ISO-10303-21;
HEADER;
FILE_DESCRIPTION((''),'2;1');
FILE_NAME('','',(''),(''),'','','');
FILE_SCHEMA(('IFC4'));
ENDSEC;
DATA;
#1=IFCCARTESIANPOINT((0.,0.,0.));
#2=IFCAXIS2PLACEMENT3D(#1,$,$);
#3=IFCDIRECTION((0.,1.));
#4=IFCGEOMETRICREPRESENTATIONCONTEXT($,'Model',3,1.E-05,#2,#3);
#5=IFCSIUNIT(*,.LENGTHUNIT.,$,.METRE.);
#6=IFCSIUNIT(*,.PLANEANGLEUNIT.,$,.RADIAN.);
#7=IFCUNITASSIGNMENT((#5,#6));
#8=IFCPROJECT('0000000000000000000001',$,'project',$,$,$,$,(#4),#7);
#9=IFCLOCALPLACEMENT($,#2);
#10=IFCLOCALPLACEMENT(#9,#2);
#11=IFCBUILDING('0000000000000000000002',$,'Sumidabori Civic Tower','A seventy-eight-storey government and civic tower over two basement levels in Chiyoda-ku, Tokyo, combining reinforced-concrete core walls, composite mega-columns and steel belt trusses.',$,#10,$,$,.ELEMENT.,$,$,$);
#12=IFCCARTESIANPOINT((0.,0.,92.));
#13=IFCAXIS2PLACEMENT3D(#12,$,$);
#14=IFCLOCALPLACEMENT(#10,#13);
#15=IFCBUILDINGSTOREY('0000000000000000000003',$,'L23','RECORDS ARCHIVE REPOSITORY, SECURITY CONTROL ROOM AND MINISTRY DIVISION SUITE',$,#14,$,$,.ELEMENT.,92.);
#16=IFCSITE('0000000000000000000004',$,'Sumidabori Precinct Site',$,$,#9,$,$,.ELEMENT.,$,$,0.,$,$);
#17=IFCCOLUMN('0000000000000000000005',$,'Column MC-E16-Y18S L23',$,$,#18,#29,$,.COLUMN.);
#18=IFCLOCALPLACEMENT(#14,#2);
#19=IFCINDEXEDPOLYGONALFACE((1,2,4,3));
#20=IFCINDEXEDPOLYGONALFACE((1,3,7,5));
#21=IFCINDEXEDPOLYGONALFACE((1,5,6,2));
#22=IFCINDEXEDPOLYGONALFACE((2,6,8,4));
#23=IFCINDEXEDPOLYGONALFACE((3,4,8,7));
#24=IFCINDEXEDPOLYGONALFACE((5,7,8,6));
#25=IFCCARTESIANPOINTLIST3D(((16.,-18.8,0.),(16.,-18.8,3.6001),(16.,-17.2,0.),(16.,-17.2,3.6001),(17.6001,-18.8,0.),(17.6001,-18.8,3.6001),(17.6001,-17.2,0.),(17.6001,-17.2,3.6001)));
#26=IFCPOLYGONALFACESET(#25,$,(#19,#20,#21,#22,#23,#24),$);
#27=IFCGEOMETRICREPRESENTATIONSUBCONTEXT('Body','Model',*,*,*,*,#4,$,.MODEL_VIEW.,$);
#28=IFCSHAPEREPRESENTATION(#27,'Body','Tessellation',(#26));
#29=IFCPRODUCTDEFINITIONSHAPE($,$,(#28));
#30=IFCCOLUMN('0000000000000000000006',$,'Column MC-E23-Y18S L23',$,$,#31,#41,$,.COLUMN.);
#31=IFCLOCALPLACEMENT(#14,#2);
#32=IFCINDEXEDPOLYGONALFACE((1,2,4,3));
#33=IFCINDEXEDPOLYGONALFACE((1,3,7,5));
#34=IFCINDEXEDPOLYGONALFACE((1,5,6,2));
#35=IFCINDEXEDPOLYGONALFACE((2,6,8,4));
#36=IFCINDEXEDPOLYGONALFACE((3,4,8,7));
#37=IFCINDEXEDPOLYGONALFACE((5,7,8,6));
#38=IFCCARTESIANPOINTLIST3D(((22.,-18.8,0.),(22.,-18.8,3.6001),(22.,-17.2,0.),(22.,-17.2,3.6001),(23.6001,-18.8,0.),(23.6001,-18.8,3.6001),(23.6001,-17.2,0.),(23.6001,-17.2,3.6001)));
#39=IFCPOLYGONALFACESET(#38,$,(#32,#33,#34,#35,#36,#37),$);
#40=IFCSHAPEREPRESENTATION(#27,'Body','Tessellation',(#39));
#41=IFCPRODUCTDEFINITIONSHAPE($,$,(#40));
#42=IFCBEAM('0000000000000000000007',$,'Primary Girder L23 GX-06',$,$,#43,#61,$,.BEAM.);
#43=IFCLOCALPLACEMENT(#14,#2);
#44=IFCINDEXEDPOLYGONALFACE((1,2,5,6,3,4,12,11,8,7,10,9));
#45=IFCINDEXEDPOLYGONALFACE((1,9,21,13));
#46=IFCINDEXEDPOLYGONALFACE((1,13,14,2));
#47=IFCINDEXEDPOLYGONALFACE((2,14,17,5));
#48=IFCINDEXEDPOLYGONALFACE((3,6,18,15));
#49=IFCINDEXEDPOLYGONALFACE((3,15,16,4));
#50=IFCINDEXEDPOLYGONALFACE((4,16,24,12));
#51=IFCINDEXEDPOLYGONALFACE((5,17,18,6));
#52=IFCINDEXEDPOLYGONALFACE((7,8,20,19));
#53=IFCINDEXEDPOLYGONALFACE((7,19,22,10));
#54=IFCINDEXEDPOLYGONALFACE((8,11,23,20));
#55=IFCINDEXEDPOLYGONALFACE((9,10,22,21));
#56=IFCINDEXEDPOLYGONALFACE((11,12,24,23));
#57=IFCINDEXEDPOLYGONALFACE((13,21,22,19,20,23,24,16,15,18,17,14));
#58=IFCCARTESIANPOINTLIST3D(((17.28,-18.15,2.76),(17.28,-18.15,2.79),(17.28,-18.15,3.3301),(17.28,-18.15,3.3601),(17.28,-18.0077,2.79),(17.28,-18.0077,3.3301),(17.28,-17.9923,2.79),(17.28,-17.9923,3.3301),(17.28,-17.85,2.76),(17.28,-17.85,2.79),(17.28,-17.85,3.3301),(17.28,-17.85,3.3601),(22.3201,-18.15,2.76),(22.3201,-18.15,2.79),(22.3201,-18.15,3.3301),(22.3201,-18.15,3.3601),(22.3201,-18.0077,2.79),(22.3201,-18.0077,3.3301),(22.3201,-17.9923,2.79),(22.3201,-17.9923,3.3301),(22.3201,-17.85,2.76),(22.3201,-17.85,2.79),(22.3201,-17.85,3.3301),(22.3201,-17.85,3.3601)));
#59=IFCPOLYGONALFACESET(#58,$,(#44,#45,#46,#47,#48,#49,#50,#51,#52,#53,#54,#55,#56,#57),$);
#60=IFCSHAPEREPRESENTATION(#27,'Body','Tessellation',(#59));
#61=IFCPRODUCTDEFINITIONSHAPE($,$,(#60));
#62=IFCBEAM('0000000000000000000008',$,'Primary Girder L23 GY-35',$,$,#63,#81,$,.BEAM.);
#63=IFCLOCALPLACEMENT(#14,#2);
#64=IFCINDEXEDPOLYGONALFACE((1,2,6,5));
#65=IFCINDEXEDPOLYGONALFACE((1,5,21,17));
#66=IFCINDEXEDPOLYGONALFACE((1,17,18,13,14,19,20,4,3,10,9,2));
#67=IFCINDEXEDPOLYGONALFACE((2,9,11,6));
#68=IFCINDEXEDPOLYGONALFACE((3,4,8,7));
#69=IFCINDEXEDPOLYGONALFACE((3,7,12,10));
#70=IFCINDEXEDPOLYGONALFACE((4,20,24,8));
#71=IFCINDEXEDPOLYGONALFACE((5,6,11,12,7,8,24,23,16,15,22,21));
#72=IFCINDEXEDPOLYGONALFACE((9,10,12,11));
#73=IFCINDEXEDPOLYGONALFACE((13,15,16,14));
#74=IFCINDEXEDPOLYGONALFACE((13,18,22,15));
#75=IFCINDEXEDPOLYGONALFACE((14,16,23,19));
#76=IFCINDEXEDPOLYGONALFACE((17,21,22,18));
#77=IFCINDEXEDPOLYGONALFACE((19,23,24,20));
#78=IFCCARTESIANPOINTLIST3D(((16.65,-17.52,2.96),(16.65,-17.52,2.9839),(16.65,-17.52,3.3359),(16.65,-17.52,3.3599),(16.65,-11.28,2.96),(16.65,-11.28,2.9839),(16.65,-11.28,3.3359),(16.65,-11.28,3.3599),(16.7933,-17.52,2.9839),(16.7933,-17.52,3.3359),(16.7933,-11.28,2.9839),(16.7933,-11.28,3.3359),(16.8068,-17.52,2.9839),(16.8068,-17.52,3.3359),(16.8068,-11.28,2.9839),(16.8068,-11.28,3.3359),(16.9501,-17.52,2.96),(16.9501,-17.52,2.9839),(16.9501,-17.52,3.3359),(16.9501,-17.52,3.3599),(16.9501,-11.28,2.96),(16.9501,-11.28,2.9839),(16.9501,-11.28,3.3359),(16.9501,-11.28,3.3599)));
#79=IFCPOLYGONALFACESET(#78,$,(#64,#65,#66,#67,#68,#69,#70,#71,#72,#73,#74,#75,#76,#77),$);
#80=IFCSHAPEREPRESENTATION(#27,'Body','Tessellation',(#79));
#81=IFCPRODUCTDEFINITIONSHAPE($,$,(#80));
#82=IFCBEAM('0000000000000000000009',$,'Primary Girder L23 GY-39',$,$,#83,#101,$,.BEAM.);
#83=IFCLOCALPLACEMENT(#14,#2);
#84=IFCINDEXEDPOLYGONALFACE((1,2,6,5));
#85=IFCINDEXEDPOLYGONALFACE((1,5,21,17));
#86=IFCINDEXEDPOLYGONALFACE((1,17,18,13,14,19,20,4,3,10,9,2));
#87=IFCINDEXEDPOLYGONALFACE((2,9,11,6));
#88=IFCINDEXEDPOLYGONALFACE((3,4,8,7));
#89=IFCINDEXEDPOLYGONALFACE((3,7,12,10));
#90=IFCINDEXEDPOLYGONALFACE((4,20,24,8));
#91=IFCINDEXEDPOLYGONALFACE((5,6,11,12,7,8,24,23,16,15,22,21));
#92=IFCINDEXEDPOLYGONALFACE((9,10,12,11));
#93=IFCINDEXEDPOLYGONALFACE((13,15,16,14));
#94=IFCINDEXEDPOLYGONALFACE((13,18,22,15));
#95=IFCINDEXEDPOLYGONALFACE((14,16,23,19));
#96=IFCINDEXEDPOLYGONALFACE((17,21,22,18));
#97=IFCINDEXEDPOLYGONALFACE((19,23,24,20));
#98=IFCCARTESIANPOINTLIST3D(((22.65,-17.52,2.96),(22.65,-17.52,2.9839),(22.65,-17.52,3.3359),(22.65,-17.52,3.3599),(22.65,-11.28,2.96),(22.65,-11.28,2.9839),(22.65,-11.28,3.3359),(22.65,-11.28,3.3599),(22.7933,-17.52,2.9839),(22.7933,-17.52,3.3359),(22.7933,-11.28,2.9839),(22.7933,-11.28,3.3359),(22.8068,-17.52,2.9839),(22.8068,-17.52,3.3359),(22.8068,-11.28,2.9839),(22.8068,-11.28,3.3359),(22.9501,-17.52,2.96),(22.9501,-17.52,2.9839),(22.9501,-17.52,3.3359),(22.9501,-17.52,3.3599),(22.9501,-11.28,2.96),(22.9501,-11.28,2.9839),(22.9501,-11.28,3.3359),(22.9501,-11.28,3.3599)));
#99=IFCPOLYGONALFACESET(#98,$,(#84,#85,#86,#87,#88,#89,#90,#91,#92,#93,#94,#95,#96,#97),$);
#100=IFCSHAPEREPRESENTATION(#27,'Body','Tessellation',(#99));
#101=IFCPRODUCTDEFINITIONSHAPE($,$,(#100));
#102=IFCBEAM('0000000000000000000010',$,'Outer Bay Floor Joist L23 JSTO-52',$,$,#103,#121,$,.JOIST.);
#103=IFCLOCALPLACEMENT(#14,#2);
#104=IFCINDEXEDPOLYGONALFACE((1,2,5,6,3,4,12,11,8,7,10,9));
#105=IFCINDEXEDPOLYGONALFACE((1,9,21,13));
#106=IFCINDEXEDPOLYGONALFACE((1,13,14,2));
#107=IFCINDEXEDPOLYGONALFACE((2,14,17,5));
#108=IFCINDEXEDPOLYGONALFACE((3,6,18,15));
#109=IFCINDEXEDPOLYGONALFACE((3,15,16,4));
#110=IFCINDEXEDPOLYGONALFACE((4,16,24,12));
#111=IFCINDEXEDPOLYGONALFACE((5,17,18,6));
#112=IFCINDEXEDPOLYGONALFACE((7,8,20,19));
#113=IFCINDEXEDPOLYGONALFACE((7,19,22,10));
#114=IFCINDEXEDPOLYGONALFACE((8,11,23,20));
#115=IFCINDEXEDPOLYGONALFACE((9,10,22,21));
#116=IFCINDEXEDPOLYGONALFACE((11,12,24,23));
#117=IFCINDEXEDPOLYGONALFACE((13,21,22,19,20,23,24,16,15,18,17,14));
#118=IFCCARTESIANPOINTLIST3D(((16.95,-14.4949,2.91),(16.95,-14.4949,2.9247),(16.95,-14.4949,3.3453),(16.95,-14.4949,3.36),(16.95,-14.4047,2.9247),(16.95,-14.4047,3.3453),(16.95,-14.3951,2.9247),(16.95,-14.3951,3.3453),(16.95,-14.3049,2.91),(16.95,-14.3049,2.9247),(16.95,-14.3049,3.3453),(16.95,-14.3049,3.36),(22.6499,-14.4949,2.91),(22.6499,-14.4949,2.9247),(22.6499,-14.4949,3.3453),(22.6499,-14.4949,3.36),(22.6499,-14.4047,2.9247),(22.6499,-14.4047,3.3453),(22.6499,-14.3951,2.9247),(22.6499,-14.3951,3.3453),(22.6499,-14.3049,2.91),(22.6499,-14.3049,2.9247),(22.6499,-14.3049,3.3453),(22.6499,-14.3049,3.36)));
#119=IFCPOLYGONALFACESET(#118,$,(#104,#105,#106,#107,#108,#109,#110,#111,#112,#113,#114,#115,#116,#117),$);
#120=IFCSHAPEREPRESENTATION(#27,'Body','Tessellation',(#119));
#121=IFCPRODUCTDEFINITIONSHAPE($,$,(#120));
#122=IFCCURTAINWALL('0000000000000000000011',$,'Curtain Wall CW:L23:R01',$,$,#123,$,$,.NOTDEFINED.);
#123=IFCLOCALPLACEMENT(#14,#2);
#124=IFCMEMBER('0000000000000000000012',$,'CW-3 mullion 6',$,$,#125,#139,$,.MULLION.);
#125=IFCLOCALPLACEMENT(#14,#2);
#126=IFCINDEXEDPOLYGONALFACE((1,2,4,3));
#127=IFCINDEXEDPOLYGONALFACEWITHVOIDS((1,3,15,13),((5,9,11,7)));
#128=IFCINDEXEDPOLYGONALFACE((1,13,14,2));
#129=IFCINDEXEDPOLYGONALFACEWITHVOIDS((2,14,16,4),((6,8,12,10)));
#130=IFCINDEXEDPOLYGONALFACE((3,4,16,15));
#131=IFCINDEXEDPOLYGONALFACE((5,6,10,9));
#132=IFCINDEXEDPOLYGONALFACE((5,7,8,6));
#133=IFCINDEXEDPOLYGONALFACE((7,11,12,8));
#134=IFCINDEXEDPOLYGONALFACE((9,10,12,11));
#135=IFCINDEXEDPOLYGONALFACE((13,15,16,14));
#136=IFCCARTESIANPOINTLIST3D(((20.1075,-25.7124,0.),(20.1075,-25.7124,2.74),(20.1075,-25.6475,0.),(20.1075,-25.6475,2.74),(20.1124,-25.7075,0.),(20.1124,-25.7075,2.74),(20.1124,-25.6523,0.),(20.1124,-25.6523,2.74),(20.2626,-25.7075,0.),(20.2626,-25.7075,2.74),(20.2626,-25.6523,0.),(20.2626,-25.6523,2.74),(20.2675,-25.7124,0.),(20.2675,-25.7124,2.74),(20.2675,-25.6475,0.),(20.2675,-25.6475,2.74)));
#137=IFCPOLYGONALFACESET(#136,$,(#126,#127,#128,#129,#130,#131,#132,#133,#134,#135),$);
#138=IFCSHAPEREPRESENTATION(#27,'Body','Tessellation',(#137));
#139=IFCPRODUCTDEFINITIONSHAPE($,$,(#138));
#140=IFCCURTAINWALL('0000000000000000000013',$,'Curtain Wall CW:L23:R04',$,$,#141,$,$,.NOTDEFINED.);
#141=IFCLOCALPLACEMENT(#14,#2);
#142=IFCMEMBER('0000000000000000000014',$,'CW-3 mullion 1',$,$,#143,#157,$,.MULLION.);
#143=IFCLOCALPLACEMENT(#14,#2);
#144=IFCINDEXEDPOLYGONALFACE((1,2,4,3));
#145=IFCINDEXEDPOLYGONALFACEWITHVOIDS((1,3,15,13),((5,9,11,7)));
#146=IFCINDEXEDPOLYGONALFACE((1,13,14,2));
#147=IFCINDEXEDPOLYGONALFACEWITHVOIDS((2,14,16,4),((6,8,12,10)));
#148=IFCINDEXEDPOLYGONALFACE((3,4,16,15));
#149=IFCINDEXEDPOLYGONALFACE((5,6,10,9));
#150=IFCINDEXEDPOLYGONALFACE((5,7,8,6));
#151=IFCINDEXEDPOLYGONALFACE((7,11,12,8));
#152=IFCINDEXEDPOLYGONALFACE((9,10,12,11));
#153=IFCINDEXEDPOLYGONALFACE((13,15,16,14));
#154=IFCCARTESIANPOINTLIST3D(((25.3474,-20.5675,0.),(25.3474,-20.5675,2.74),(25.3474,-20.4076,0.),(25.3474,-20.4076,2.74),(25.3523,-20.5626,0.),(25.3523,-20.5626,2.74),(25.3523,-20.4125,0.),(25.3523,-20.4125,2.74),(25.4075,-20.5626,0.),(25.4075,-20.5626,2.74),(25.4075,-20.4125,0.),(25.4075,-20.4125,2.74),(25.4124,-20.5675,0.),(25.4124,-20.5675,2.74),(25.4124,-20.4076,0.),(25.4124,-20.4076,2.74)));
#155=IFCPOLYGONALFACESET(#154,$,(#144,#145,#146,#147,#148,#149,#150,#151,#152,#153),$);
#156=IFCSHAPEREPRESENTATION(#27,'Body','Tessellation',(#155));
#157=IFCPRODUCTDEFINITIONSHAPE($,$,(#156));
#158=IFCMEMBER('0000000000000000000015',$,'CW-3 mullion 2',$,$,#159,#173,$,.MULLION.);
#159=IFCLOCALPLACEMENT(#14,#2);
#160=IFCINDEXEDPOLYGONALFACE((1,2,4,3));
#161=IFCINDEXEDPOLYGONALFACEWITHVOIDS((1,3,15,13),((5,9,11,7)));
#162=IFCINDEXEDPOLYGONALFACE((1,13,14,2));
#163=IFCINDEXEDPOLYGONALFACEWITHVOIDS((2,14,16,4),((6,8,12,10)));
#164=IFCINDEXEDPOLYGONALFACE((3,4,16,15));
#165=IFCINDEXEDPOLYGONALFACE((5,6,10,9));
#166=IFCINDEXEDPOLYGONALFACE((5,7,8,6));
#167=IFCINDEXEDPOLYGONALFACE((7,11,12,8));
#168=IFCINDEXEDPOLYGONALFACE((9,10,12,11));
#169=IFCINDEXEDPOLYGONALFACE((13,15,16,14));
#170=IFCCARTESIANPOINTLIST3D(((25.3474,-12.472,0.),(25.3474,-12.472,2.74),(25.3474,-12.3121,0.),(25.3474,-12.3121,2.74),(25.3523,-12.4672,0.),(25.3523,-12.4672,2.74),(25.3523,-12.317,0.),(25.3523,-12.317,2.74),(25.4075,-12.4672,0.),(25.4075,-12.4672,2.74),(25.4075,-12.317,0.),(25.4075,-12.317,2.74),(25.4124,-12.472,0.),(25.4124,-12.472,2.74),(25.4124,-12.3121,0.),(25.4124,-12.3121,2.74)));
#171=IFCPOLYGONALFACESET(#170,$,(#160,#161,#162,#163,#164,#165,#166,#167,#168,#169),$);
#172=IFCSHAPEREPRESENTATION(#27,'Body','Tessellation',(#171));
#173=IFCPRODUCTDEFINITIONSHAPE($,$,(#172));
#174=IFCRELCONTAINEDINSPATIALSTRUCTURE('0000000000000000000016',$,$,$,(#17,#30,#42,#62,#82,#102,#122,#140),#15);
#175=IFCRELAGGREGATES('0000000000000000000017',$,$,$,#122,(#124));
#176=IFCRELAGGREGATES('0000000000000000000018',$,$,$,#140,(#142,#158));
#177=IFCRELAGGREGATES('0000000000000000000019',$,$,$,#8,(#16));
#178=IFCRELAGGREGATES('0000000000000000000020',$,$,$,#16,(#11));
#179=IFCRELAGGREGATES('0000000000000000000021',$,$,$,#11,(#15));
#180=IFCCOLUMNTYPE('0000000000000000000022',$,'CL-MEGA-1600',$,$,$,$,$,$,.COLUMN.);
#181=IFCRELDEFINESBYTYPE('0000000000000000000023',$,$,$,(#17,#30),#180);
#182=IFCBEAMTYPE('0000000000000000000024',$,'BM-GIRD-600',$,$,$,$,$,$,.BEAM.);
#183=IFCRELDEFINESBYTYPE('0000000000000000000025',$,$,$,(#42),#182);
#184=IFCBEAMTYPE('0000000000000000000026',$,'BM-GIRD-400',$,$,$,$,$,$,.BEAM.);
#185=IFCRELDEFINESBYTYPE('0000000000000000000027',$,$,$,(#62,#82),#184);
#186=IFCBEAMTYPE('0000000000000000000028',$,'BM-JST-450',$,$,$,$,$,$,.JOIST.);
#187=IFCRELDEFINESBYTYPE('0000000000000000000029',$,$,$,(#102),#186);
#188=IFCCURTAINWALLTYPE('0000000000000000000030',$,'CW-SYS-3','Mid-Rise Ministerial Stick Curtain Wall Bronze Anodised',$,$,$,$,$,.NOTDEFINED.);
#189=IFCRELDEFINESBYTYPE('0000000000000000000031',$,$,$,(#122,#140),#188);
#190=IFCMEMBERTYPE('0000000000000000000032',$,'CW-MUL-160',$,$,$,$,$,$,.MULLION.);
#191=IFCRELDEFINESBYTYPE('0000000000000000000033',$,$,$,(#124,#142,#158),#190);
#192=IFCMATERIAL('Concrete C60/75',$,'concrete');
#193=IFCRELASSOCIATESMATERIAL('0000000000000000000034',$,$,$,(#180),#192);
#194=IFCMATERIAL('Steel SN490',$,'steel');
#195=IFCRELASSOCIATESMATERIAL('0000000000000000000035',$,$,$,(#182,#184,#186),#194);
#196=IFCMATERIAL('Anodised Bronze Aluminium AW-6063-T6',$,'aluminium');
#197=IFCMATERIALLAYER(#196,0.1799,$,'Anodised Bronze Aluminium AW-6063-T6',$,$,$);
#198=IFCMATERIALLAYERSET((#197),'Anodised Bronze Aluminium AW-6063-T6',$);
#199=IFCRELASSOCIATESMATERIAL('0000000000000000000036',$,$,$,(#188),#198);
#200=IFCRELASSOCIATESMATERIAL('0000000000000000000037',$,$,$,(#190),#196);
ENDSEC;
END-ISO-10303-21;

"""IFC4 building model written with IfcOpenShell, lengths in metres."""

from ifc_helpers import new_model, si_unit, direction, frame, origin, origin_2d, place, context, subcontext, project, spatial, rectangle, hollow_rectangle, i_section, extrude, source, transform, mapped, material, layer, layer_set, material_profile, profile_set, type_object, element, aggregate, save


model = new_model("IFC4")

# Units and contexts
model_context = context("Model", 3, precision=1e-05, world=origin(), true_north=direction((0.0, 1.0)))
body_context = subcontext(model_context, "Body", "Model", "MODEL_VIEW")
ifc_project = project(units=[si_unit("LENGTHUNIT", "METRE"), si_unit("PLANEANGLEUNIT", "RADIAN")], contexts=[model_context])

# Site, building, storey
site_placement = place(None, origin())
site = spatial("IfcSite", under=ifc_project, at=site_placement, Name="Sumidabori Precinct Site", CompositionType="ELEMENT", RefElevation=0.0)
building_placement = place(site_placement, origin())
building = spatial("IfcBuilding", under=site, at=building_placement, Name="Sumidabori Civic Tower", Description="A seventy-eight-storey government and civic tower over two basement levels in Chiyoda-ku, Tokyo, combining reinforced-concrete core walls, composite mega-columns and steel belt trusses.", CompositionType="ELEMENT")
storey_placement = place(building_placement, frame((0.0, 0.0, 92.0)))
storey = spatial("IfcBuildingStorey", under=building, at=storey_placement, Name="L23", Description="RECORDS ARCHIVE REPOSITORY, SECURITY CONTROL ROOM AND MINISTRY DIVISION SUITE", CompositionType="ELEMENT", Elevation=92.0)

# Columns
ifc_material_1 = material(Name="Concrete C60/75", Category="concrete")
ifc_material_profile_1 = material_profile(ifc_material_1, rectangle(XDim=1.6001, YDim=1.6001, at=origin_2d()), Name="RC 1600x1600")
ifc_profile_set_1 = profile_set([ifc_material_profile_1], Name="Concrete C60/75")
column_type = type_object("IfcColumnType", Name="CL-MEGA-1600", PredefinedType="COLUMN", material=ifc_profile_set_1)
shared_shape_1 = source(origin(), body_context, "Body", "SweptSolid", [
    extrude(rectangle(XDim=1.6001, YDim=1.6001, at=origin_2d()), origin(), (0.0, 0.0, 1.0), 3.6001),
])
for number, where, z_axis, x_axis, name in (
    (1, (16.8, -18.0, 0.0), (0.0, 0.0, 1.0), (1.0, 0.0, 0.0), "Column MC-E16-Y18S L23"),
    (2, (22.8, -18.0, 0.0), (0.0, 0.0, 1.0), (1.0, 0.0, 0.0), "Column MC-E23-Y18S L23"),
):
    element("IfcColumn", number, at=place(storey_placement, frame(where, z_axis=z_axis, x_axis=x_axis)), inside=storey, type_object=column_type, Name=name, PredefinedType="COLUMN", context=body_context, shape_type="MappedRepresentation", body=[
        mapped(shared_shape_1, transform((0.0, 0.0, 0.0), x_axis=(1.0, 0.0, 0.0), y_axis=(0.0, 1.0, 0.0), z_axis=(0.0, 0.0, 1.0), scale=1.0)),
    ])

# Beams
ifc_material_2 = material(Name="Steel SN490", Category="steel")
ifc_material_profile_2 = material_profile(ifc_material_2, i_section(OverallWidth=0.3, OverallDepth=0.6001, WebThickness=0.0154, FlangeThickness=0.03, at=origin_2d()), Name="HE 600 B")
ifc_profile_set_2 = profile_set([ifc_material_profile_2], Name="Steel SN490")
beam_type_1 = type_object("IfcBeamType", Name="BM-GIRD-600", PredefinedType="BEAM", material=ifc_profile_set_2)
shared_shape_2 = source(origin(), body_context, "Body", "SweptSolid", [
    extrude(i_section(OverallWidth=0.3, OverallDepth=0.6001, WebThickness=0.0154, FlangeThickness=0.03, at=origin_2d()), origin(), (0.0, 0.0, 1.0), 5.04),
])
beam_1_placement = place(storey_placement, frame((17.28, -18.0, 3.0601), z_axis=(1.0, 0.0, 0.0), x_axis=(0.0, 1.0, 0.0)))
element("IfcBeam", 3, at=beam_1_placement, inside=storey, type_object=beam_type_1, Name="Primary Girder L23 GX-06", PredefinedType="BEAM", context=body_context, shape_type="MappedRepresentation", body=[
    mapped(shared_shape_2, transform((0.0, 0.0, 0.0), x_axis=(1.0, 0.0, 0.0), y_axis=(0.0, 1.0, 0.0), z_axis=(0.0, 0.0, 1.0), scale=1.0)),
])
ifc_material_profile_3 = material_profile(ifc_material_2, i_section(OverallWidth=0.3, OverallDepth=0.3999, WebThickness=0.0134, FlangeThickness=0.0239, at=origin_2d()), Name="HE 400 B")
ifc_profile_set_3 = profile_set([ifc_material_profile_3], Name="Steel SN490")
beam_type_2 = type_object("IfcBeamType", Name="BM-GIRD-400", PredefinedType="BEAM", material=ifc_profile_set_3)
shared_shape_3 = source(origin(), body_context, "Body", "SweptSolid", [
    extrude(i_section(OverallWidth=0.3, OverallDepth=0.3999, WebThickness=0.0134, FlangeThickness=0.0239, at=origin_2d()), origin(), (0.0, 0.0, 1.0), 6.24),
])
for number, where, z_axis, x_axis, name in (
    (4, (16.8, -17.52, 3.1599), (0.0, 1.0, 0.0), (-1.0, 0.0, 0.0), "Primary Girder L23 GY-35"),
    (5, (22.8, -17.52, 3.1599), (0.0, 1.0, 0.0), (-1.0, 0.0, 0.0), "Primary Girder L23 GY-39"),
):
    element("IfcBeam", number, at=place(storey_placement, frame(where, z_axis=z_axis, x_axis=x_axis)), inside=storey, type_object=beam_type_2, Name=name, PredefinedType="BEAM", context=body_context, shape_type="MappedRepresentation", body=[
        mapped(shared_shape_3, transform((0.0, 0.0, 0.0), x_axis=(1.0, 0.0, 0.0), y_axis=(0.0, 1.0, 0.0), z_axis=(0.0, 0.0, 1.0), scale=1.0)),
    ])
ifc_material_profile_4 = material_profile(ifc_material_2, i_section(OverallWidth=0.1899, OverallDepth=0.45, WebThickness=0.0095, FlangeThickness=0.0146, at=origin_2d()), Name="IPE 450")
ifc_profile_set_4 = profile_set([ifc_material_profile_4], Name="Steel SN490")
beam_type_3 = type_object("IfcBeamType", Name="BM-JST-450", PredefinedType="JOIST", material=ifc_profile_set_4)
shared_shape_4 = source(origin(), body_context, "Body", "SweptSolid", [
    extrude(i_section(OverallWidth=0.1899, OverallDepth=0.45, WebThickness=0.0095, FlangeThickness=0.0146, at=origin_2d()), origin(), (0.0, 0.0, 1.0), 5.7),
])
beam_2_placement = place(storey_placement, frame((16.95, -14.3999, 3.135), z_axis=(1.0, 0.0, 0.0), x_axis=(0.0, 1.0, 0.0)))
element("IfcBeam", 6, at=beam_2_placement, inside=storey, type_object=beam_type_3, Name="Outer Bay Floor Joist L23 JSTO-52", PredefinedType="JOIST", context=body_context, shape_type="MappedRepresentation", body=[
    mapped(shared_shape_4, transform((0.0, 0.0, 0.0), x_axis=(1.0, 0.0, 0.0), y_axis=(0.0, 1.0, 0.0), z_axis=(0.0, 0.0, 1.0), scale=1.0)),
])

# Curtain wall, member
ifc_material_3 = material(Name="Anodised Bronze Aluminium AW-6063-T6", Category="aluminium")
ifc_layer_1 = layer(ifc_material_3, 0.1799, Name="Anodised Bronze Aluminium AW-6063-T6")
ifc_layer_set_1 = layer_set([ifc_layer_1], Name="Anodised Bronze Aluminium AW-6063-T6")
curtain_wall_type = type_object("IfcCurtainWallType", Name="CW-SYS-3", Description="Mid-Rise Ministerial Stick Curtain Wall Bronze Anodised", PredefinedType="NOTDEFINED", material=ifc_layer_set_1)
curtain_wall_1_placement = place(storey_placement, origin())
curtain_wall_1 = element("IfcCurtainWall", 7, at=curtain_wall_1_placement, inside=storey, type_object=curtain_wall_type, Name="Curtain Wall CW:L23:R01", PredefinedType="NOTDEFINED")
ifc_material_profile_5 = material_profile(ifc_material_3, hollow_rectangle(XDim=0.0649, YDim=0.1599, WallThickness=0.0049, at=origin_2d()), Name="ALU MULLION 160x65")
ifc_profile_set_5 = profile_set([ifc_material_profile_5], Name="Anodised Bronze Aluminium AW-6063-T6")
member_type_1 = type_object("IfcMemberType", Name="CW-MUL-160", PredefinedType="MULLION", material=ifc_profile_set_5)
shared_shape_5 = source(origin(), body_context, "Body", "SweptSolid", [
    extrude(hollow_rectangle(XDim=0.0649, YDim=0.1599, WallThickness=0.0049, at=origin_2d()), origin(), (0.0, 0.0, 1.0), 2.74),
])
member_1_placement = place(storey_placement, frame((20.1875, -25.6799, 0.0), z_axis=(0.0, 0.0, 1.0), x_axis=(0.0, 1.0, 0.0)))
member_1 = element("IfcMember", 8, at=member_1_placement, type_object=member_type_1, Name="CW-3 mullion 6", PredefinedType="MULLION", context=body_context, shape_type="MappedRepresentation", body=[
    mapped(shared_shape_5, transform((0.0, 0.0, 0.0), x_axis=(1.0, 0.0, 0.0), y_axis=(0.0, 1.0, 0.0), z_axis=(0.0, 0.0, 1.0), scale=1.0)),
])
aggregate(curtain_wall_1, [member_1])

# Curtain wall, members
curtain_wall_2_placement = place(storey_placement, origin())
curtain_wall_2 = element("IfcCurtainWall", 9, at=curtain_wall_2_placement, inside=storey, type_object=curtain_wall_type, Name="Curtain Wall CW:L23:R04", PredefinedType="NOTDEFINED")
member_2_placement = place(storey_placement, frame((25.3799, -20.4875, 0.0), z_axis=(0.0, 0.0, 1.0), x_axis=(-1.0, 0.0, 0.0)))
member_2 = element("IfcMember", 10, at=member_2_placement, type_object=member_type_1, Name="CW-3 mullion 1", PredefinedType="MULLION", context=body_context, shape_type="MappedRepresentation", body=[
    mapped(shared_shape_5, transform((0.0, 0.0, 0.0), x_axis=(1.0, 0.0, 0.0), y_axis=(0.0, 1.0, 0.0), z_axis=(0.0, 0.0, 1.0), scale=1.0)),
])
member_3_placement = place(storey_placement, frame((25.3799, -12.3921, 0.0), z_axis=(0.0, 0.0, 1.0), x_axis=(-1.0, 0.0, 0.0)))
member_3 = element("IfcMember", 11, at=member_3_placement, type_object=member_type_1, Name="CW-3 mullion 2", PredefinedType="MULLION", context=body_context, shape_type="MappedRepresentation", body=[
    mapped(shared_shape_5, transform((0.0, 0.0, 0.0), x_axis=(1.0, 0.0, 0.0), y_axis=(0.0, 1.0, 0.0), z_axis=(0.0, 0.0, 1.0), scale=1.0)),
])
aggregate(curtain_wall_2, [member_2, member_3])

save(model, "model.ifc")
